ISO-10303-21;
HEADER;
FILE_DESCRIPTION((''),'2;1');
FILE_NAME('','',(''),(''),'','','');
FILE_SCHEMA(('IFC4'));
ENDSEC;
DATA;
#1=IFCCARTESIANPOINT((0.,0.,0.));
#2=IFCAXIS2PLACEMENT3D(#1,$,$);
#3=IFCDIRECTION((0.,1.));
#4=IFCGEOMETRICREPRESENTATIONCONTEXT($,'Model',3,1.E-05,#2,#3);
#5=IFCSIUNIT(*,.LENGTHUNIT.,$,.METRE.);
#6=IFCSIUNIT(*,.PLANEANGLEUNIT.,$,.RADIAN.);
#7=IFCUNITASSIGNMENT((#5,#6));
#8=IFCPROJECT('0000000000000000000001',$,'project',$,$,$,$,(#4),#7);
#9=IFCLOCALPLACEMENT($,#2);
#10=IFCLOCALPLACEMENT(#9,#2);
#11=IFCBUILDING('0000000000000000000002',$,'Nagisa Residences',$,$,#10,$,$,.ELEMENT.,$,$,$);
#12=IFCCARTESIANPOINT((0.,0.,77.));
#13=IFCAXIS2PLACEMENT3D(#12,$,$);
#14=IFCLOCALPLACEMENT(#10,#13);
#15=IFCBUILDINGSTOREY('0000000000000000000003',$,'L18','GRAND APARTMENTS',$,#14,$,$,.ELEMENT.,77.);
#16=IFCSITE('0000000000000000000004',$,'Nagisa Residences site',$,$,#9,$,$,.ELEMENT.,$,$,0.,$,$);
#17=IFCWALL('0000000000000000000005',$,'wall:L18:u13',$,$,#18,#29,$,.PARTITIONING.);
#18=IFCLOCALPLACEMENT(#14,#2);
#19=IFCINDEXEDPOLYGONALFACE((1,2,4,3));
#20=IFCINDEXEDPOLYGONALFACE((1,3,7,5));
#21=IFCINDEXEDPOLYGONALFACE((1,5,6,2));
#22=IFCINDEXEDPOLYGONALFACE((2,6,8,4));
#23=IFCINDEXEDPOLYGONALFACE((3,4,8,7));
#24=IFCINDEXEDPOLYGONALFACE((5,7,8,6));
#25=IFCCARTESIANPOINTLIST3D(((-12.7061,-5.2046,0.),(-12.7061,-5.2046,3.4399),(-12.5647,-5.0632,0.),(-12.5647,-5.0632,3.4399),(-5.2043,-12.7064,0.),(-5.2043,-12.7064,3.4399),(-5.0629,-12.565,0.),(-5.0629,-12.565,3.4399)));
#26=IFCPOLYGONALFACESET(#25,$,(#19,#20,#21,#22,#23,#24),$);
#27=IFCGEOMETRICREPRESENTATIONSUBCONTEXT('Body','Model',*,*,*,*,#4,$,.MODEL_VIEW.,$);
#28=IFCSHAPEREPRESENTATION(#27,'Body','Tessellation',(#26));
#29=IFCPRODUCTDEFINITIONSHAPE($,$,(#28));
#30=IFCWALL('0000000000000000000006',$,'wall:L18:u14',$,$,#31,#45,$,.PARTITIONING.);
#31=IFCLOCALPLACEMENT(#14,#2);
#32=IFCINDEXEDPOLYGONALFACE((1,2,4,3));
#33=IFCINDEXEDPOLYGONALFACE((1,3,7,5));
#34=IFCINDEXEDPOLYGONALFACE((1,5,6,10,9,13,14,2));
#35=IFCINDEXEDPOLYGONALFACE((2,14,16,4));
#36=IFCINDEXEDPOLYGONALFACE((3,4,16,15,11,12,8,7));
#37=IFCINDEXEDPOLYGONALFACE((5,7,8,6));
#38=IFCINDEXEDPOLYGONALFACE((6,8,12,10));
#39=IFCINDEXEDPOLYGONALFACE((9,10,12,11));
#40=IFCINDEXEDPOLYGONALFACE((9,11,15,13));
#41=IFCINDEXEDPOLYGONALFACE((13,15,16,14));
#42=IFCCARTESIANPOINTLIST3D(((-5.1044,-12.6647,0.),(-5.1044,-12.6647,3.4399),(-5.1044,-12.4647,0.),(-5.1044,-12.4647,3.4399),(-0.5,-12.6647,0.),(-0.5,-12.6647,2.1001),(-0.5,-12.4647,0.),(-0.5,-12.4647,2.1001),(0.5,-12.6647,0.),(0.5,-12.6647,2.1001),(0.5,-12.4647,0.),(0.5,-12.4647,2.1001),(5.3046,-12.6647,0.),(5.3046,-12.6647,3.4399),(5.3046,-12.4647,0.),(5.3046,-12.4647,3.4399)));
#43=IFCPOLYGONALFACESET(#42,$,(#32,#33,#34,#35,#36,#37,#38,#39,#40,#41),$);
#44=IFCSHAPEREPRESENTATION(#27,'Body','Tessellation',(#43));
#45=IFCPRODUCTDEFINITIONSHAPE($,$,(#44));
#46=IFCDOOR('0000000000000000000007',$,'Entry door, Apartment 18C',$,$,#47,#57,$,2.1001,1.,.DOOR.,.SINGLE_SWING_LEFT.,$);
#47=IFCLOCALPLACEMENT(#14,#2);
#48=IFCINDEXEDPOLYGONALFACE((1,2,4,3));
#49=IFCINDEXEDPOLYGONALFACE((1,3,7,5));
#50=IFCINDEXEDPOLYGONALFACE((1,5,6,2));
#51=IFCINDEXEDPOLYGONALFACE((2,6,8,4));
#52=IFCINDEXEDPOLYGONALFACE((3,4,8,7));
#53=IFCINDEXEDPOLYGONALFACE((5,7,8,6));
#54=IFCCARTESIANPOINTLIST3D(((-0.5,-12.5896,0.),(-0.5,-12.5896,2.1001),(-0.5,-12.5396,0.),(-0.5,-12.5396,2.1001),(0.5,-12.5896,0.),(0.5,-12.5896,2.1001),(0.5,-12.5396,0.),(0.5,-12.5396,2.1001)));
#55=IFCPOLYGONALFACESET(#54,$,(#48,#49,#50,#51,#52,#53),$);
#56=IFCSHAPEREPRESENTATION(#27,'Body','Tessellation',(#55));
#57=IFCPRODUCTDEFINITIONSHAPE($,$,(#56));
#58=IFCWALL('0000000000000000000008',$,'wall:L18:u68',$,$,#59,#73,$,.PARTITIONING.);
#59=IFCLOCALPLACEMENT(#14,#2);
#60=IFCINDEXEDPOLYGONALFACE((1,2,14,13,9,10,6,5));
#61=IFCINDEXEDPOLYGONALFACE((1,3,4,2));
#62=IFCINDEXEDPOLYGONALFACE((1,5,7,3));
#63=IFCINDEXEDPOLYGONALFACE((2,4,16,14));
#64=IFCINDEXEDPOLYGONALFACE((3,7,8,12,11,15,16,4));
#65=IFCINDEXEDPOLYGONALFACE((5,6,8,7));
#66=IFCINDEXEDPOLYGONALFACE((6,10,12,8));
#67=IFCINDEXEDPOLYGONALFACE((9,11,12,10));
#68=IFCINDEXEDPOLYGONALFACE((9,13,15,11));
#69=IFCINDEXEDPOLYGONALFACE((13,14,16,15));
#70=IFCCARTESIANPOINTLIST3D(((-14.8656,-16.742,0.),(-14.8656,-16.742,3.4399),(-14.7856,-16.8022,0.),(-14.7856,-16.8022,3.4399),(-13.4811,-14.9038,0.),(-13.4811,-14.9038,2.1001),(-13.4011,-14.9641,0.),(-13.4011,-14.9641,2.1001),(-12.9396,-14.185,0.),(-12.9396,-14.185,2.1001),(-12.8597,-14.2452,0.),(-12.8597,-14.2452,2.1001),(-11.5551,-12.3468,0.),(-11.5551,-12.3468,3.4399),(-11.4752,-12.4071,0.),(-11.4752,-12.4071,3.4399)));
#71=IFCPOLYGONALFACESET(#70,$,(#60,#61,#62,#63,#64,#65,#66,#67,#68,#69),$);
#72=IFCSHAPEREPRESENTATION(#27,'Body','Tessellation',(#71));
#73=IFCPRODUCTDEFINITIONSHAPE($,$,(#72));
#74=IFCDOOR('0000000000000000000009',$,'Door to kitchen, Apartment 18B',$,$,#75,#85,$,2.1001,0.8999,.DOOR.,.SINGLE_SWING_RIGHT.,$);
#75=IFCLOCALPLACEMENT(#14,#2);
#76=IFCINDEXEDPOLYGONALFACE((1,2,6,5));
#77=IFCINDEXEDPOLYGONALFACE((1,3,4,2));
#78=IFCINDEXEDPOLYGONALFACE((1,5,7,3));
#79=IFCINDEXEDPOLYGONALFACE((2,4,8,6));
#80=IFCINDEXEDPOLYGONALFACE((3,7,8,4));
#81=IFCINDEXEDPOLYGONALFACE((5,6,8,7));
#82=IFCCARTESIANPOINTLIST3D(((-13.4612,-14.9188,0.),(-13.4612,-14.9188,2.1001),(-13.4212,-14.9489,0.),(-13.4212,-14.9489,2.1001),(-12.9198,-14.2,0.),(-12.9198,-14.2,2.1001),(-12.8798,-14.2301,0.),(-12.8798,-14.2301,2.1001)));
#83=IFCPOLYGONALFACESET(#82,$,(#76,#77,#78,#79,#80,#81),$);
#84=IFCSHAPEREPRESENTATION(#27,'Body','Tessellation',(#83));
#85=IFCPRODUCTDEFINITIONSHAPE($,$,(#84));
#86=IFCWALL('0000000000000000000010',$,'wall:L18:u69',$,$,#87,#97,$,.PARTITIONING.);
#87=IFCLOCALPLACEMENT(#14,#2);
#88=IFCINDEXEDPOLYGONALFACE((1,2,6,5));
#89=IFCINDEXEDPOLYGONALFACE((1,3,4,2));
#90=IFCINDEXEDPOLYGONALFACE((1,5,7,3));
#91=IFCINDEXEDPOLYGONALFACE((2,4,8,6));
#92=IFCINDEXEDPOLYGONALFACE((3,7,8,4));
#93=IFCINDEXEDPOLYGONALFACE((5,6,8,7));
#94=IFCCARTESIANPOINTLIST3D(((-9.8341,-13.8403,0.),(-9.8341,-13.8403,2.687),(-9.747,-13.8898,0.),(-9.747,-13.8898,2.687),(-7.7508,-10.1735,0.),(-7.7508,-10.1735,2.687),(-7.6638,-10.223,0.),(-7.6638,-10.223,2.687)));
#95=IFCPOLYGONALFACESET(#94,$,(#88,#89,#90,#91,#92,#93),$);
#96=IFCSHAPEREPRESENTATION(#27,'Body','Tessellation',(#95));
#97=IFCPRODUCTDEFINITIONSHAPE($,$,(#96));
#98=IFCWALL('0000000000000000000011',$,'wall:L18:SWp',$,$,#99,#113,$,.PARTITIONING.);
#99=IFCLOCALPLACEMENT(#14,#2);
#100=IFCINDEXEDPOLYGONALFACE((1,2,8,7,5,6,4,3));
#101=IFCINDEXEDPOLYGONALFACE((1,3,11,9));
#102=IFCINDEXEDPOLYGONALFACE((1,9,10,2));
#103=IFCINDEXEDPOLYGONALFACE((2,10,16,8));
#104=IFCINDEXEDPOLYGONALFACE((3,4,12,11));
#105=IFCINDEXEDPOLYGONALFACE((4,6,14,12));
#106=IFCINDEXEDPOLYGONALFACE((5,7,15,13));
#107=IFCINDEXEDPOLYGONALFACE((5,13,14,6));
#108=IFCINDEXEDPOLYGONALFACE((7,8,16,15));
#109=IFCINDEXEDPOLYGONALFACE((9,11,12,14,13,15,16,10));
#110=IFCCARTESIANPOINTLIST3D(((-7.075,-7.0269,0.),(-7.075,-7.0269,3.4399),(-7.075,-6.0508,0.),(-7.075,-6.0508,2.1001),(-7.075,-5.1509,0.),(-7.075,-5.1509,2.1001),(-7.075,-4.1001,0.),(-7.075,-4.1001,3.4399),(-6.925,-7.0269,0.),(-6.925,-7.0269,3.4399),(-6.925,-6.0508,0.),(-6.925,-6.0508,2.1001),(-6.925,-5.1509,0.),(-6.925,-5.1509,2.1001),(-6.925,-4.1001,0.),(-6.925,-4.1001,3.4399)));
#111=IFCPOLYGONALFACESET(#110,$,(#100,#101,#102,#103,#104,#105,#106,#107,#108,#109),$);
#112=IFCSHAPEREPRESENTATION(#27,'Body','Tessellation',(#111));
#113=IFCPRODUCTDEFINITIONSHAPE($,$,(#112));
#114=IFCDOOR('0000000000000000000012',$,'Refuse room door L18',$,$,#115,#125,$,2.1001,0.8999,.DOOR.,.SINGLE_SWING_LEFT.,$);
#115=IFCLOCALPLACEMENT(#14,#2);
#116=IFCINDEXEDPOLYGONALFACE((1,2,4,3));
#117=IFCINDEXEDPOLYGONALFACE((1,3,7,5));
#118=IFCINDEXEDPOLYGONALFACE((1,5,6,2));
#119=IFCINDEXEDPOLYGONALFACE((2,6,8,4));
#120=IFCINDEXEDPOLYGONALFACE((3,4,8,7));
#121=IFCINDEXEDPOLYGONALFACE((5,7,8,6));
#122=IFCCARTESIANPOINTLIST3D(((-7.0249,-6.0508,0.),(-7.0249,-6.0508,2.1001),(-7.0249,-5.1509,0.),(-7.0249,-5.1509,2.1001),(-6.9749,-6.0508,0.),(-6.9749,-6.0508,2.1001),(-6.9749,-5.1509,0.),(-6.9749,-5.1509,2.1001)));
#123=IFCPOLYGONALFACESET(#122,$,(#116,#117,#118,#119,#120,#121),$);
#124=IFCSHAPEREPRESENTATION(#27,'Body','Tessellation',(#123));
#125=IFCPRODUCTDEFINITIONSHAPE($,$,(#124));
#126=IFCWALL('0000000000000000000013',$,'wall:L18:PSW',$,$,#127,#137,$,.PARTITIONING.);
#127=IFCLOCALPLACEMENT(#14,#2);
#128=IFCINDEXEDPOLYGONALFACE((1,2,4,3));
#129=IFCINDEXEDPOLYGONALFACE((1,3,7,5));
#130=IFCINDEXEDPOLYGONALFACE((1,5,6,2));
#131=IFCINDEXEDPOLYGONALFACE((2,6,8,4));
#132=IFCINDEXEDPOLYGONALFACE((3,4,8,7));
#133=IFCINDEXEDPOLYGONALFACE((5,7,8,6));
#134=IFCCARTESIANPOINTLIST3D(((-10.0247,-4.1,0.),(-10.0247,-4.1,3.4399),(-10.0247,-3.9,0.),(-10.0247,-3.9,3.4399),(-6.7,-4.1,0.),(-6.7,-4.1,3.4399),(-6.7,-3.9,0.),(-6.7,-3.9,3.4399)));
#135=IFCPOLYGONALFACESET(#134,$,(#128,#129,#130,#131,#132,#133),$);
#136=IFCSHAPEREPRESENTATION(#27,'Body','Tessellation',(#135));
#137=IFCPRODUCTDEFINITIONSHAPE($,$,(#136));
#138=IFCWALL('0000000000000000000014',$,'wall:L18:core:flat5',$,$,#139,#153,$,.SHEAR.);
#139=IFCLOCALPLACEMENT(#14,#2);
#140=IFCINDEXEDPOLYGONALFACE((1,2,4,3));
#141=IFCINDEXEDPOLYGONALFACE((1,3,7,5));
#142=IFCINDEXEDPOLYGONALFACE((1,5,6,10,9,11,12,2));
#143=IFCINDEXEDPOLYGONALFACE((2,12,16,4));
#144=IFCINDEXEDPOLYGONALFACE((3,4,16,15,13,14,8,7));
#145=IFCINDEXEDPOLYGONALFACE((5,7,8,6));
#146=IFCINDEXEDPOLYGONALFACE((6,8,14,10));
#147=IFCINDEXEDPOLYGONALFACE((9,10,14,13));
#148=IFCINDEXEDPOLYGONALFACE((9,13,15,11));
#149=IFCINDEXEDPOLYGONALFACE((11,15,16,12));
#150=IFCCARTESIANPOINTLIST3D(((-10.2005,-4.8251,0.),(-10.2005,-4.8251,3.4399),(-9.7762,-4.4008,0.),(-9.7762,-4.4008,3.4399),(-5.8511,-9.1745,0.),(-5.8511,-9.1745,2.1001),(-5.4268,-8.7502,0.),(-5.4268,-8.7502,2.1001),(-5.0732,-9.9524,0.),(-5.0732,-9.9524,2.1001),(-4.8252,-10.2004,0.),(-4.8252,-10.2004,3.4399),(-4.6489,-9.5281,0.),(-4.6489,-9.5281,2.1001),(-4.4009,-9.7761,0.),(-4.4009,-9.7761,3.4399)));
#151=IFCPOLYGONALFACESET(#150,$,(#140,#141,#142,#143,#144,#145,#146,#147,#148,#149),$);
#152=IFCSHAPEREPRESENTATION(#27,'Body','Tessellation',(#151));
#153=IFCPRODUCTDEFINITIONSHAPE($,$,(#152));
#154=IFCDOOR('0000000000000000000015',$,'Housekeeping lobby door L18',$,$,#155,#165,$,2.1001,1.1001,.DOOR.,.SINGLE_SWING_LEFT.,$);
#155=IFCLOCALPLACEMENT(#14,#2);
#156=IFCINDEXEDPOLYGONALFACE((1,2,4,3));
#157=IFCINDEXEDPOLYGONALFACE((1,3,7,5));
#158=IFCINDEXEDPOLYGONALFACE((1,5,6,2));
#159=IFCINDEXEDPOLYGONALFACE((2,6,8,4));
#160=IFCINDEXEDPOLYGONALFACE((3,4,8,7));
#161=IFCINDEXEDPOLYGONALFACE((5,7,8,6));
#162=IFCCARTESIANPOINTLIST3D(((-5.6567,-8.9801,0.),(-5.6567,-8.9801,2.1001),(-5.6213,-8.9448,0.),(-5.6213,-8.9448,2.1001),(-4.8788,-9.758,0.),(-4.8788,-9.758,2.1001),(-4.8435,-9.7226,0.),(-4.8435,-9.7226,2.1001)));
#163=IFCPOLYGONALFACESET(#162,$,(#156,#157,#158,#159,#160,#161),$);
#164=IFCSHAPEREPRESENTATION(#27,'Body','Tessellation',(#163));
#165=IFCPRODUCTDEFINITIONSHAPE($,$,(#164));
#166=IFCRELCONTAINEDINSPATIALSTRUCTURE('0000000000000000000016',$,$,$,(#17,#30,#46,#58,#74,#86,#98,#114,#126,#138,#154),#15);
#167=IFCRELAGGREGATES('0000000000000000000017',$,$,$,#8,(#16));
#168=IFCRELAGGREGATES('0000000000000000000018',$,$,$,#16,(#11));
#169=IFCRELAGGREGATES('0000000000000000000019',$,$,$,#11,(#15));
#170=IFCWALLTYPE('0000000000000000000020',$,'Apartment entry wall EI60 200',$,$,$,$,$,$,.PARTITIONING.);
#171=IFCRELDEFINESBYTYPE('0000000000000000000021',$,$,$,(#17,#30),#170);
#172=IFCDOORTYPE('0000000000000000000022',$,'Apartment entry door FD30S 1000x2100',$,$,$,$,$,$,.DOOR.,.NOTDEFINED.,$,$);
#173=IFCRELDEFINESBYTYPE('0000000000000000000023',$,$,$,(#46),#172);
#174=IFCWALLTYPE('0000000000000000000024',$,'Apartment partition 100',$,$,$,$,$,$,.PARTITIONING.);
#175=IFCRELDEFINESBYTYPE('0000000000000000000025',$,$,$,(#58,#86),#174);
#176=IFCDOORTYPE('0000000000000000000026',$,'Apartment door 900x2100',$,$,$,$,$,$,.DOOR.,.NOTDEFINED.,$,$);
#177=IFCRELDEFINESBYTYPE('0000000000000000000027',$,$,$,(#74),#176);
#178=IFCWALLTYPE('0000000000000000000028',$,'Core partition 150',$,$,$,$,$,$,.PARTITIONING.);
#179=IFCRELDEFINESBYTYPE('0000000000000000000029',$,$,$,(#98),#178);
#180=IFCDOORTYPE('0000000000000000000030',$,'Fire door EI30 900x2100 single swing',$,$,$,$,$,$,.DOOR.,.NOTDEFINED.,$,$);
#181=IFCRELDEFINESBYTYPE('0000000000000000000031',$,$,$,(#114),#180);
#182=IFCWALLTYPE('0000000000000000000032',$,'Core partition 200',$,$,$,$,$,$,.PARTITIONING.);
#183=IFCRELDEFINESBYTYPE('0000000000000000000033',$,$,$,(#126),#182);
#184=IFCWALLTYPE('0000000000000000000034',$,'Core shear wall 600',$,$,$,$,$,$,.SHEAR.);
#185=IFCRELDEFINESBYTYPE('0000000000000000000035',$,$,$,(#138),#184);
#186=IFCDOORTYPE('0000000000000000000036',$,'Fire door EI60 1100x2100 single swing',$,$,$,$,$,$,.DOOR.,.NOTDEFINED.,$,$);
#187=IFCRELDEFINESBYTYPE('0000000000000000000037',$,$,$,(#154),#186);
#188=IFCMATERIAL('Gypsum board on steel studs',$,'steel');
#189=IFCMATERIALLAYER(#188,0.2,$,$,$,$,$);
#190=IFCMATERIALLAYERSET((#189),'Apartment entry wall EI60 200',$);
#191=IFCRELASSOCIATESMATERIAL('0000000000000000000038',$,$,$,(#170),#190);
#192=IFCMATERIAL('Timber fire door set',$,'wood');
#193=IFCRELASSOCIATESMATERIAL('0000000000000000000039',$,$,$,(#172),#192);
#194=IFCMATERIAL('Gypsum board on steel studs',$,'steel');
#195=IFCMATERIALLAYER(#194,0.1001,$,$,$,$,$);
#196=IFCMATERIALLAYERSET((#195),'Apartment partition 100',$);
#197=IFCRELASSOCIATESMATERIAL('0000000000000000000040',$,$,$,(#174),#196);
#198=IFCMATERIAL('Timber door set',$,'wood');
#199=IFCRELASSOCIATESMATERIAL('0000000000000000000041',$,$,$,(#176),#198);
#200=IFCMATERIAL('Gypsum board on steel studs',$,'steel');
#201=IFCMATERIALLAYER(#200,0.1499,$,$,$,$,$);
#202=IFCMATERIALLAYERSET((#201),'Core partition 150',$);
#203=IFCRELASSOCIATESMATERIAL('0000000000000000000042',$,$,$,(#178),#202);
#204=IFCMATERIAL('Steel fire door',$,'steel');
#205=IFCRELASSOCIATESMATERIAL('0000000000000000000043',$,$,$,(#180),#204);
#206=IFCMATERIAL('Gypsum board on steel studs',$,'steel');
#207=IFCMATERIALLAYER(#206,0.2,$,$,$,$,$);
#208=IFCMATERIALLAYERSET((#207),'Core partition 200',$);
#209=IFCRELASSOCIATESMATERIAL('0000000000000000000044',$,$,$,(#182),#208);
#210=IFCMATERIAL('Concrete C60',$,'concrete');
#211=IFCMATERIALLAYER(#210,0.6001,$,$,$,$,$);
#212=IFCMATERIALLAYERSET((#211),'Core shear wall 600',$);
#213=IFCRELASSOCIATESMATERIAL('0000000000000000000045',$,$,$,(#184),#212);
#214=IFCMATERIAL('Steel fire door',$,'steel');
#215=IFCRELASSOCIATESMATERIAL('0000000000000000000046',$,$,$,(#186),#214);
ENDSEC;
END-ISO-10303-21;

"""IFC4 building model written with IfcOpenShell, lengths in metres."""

from ifc_helpers import new_model, si_unit, direction, frame, frame_2d, origin, place, context, subcontext, project, spatial, rectangle, extrude, material, layer, layer_set, type_object, element, fill, save


model = new_model("IFC4")

# Units and contexts
model_context = context("Model", 3, precision=1e-05, world=origin(), true_north=direction((0.0, 1.0)))
body_context = subcontext(model_context, "Body", "Model", "MODEL_VIEW")
ifc_project = project(units=[si_unit("LENGTHUNIT", "METRE"), si_unit("PLANEANGLEUNIT", "RADIAN")], contexts=[model_context])

# Site, building, storey
site_placement = place(None, origin())
site = spatial("IfcSite", under=ifc_project, at=site_placement, Name="Nagisa Residences site", CompositionType="ELEMENT", RefElevation=0.0)
building_placement = place(site_placement, origin())
building = spatial("IfcBuilding", under=site, at=building_placement, Name="Nagisa Residences", CompositionType="ELEMENT")
storey_placement = place(building_placement, frame((0.0, 0.0, 77.0)))
storey = spatial("IfcBuildingStorey", under=building, at=storey_placement, Name="L18", Description="GRAND APARTMENTS", CompositionType="ELEMENT", Elevation=77.0)

# Wall
ifc_material_1 = material(Name="Gypsum board on steel studs", Category="steel")
ifc_layer_1 = layer(ifc_material_1, 0.2)
ifc_layer_set_1 = layer_set([ifc_layer_1], Name="Apartment entry wall EI60 200")
wall_type_1 = type_object("IfcWallType", Name="Apartment entry wall EI60 200", PredefinedType="PARTITIONING", material=ifc_layer_set_1)
wall_1_placement = place(storey_placement, frame((-12.6355, -5.1338, 0.0), z_axis=(0.0, 0.0, 1.0), x_axis=(0.707107, -0.707107, 0.0)))
element("IfcWall", 1, at=wall_1_placement, inside=storey, type_object=wall_type_1, Name="wall:L18:u13", PredefinedType="PARTITIONING", context=body_context, shape_type="SweptSolid", body=[
    extrude(rectangle(XDim=10.6091, YDim=0.2, at=frame_2d((5.3047, 0.0))), origin(), (0.0, 0.0, 1.0), 3.4399),
])

# Walls, openings, doors
wall_2_placement = place(storey_placement, frame((-5.1045, -12.5647, 0.0), z_axis=(0.0, 0.0, 1.0), x_axis=(1.0, 0.0, 0.0)))
wall_2 = element("IfcWall", 2, at=wall_2_placement, inside=storey, type_object=wall_type_1, Name="wall:L18:u14", PredefinedType="PARTITIONING", context=body_context, shape_type="SweptSolid", body=[
    extrude(rectangle(XDim=10.4089, YDim=0.2, at=frame_2d((5.2046, 0.0))), origin(), (0.0, 0.0, 1.0), 3.4399),
])
opening_1_placement = place(wall_2_placement, frame((4.6045, 0.0, 0.0)))
opening_1 = element("IfcOpeningElement", 3, at=opening_1_placement, cuts=wall_2, PredefinedType="OPENING", context=body_context, shape_type="SweptSolid", body=[
    extrude(rectangle(XDim=1.0, YDim=2.1001, at=frame_2d((0.5, 1.05))), frame((0.0, 0.1099, 0.0), z_axis=(0.0, -1.0, 0.0), x_axis=(1.0, 0.0, 0.0)), (0.0, 0.0, 1.0), 0.22),
])
ifc_material_2 = material(Name="Timber fire door set", Category="wood")
door_type_1 = type_object("IfcDoorType", Name="Apartment entry door FD30S 1000x2100", OperationType="NOTDEFINED", PredefinedType="DOOR", material=ifc_material_2)
door_1_placement = place(opening_1_placement, frame((1.0, 0.0, 0.0), x_axis=(-1.0, 0.0, 0.0)))
door_1 = element("IfcDoor", 4, at=door_1_placement, inside=storey, type_object=door_type_1, Name="Entry door, Apartment 18C", OperationType="SINGLE_SWING_LEFT", OverallHeight=2.1001, OverallWidth=1.0, PredefinedType="DOOR", context=body_context, shape_type="SweptSolid", body=[
    extrude(rectangle(XDim=1.0, YDim=2.1001, at=frame_2d((0.5, 1.05))), frame((0.0, 0.0249, 0.0), z_axis=(0.0, -1.0, 0.0), x_axis=(1.0, 0.0, 0.0)), (0.0, 0.0, 1.0), 0.05),
])
fill(opening_1, door_1)
ifc_material_3 = material(Name="Gypsum board on steel studs", Category="steel")
ifc_layer_2 = layer(ifc_material_3, 0.1001)
ifc_layer_set_2 = layer_set([ifc_layer_2], Name="Apartment partition 100")
wall_type_2 = type_object("IfcWallType", Name="Apartment partition 100", PredefinedType="PARTITIONING", material=ifc_layer_set_2)
wall_3_placement = place(storey_placement, frame((-11.5151, -12.377, 0.0), z_axis=(0.0, 0.0, 1.0), x_axis=(-0.601639, -0.798768, 0.0)))
wall_3 = element("IfcWall", 5, at=wall_3_placement, inside=storey, type_object=wall_type_2, Name="wall:L18:u68", PredefinedType="PARTITIONING", context=body_context, shape_type="SweptSolid", body=[
    extrude(rectangle(XDim=5.5024, YDim=0.1001, at=frame_2d((2.7512, 0.0))), origin(), (0.0, 0.0, 1.0), 3.4399),
])
opening_2_placement = place(wall_3_placement, frame((2.3013, 0.0, 0.0)))
opening_2 = element("IfcOpeningElement", 6, at=opening_2_placement, cuts=wall_3, PredefinedType="OPENING", context=body_context, shape_type="SweptSolid", body=[
    extrude(rectangle(XDim=0.8999, YDim=2.1001, at=frame_2d((0.45, 1.05))), frame((0.0, 0.0601, 0.0), z_axis=(0.0, -1.0, 0.0), x_axis=(1.0, 0.0, 0.0)), (0.0, 0.0, 1.0), 0.1201),
])
ifc_material_4 = material(Name="Timber door set", Category="wood")
door_type_2 = type_object("IfcDoorType", Name="Apartment door 900x2100", OperationType="NOTDEFINED", PredefinedType="DOOR", material=ifc_material_4)
door_2_placement = place(opening_2_placement, origin())
door_2 = element("IfcDoor", 7, at=door_2_placement, inside=storey, type_object=door_type_2, Name="Door to kitchen, Apartment 18B", OperationType="SINGLE_SWING_RIGHT", OverallHeight=2.1001, OverallWidth=0.8999, PredefinedType="DOOR", context=body_context, shape_type="SweptSolid", body=[
    extrude(rectangle(XDim=0.8999, YDim=2.1001, at=frame_2d((0.45, 1.05))), frame((0.0, 0.0249, 0.0), z_axis=(0.0, -1.0, 0.0), x_axis=(1.0, 0.0, 0.0)), (0.0, 0.0, 1.0), 0.05),
])
fill(opening_2, door_2)

# Wall
wall_4_placement = place(storey_placement, frame((-7.7073, -10.1982, 0.0), z_axis=(0.0, 0.0, 1.0), x_axis=(-0.493987, -0.86947, 0.0)))
element("IfcWall", 8, at=wall_4_placement, inside=storey, type_object=wall_type_2, Name="wall:L18:u69", PredefinedType="PARTITIONING", context=body_context, shape_type="SweptSolid", body=[
    extrude(rectangle(XDim=4.2173, YDim=0.1001, at=frame_2d((2.1086, 0.0))), origin(), (0.0, 0.0, 1.0), 2.687),
])

# Wall, opening, door
ifc_material_5 = material(Name="Gypsum board on steel studs", Category="steel")
ifc_layer_3 = layer(ifc_material_5, 0.1499)
ifc_layer_set_3 = layer_set([ifc_layer_3], Name="Core partition 150")
wall_type_3 = type_object("IfcWallType", Name="Core partition 150", PredefinedType="PARTITIONING", material=ifc_layer_set_3)
wall_5_placement = place(storey_placement, frame((-7.0, -7.0269, 0.0), z_axis=(0.0, 0.0, 1.0), x_axis=(0.0, 1.0, 0.0)))
wall_5 = element("IfcWall", 9, at=wall_5_placement, inside=storey, type_object=wall_type_3, Name="wall:L18:SWp", PredefinedType="PARTITIONING", context=body_context, shape_type="SweptSolid", body=[
    extrude(rectangle(XDim=2.9268, YDim=0.1499, at=frame_2d((1.4634, 0.0))), origin(), (0.0, 0.0, 1.0), 3.4399),
])
opening_3_placement = place(wall_5_placement, frame((0.9761, 0.0, 0.0)))
opening_3 = element("IfcOpeningElement", 10, at=opening_3_placement, cuts=wall_5, PredefinedType="OPENING", context=body_context, shape_type="SweptSolid", body=[
    extrude(rectangle(XDim=0.8999, YDim=2.1001, at=frame_2d((0.45, 1.05))), frame((0.0, 0.085, 0.0), z_axis=(0.0, -1.0, 0.0), x_axis=(1.0, 0.0, 0.0)), (0.0, 0.0, 1.0), 0.1699),
])
ifc_material_6 = material(Name="Steel fire door", Category="steel")
door_type_3 = type_object("IfcDoorType", Name="Fire door EI30 900x2100 single swing", OperationType="NOTDEFINED", PredefinedType="DOOR", material=ifc_material_6)
door_3_placement = place(opening_3_placement, origin())
door_3 = element("IfcDoor", 11, at=door_3_placement, inside=storey, type_object=door_type_3, Name="Refuse room door L18", OperationType="SINGLE_SWING_LEFT", OverallHeight=2.1001, OverallWidth=0.8999, PredefinedType="DOOR", context=body_context, shape_type="SweptSolid", body=[
    extrude(rectangle(XDim=0.8999, YDim=2.1001, at=frame_2d((0.45, 1.05))), frame((0.0, 0.0249, 0.0), z_axis=(0.0, -1.0, 0.0), x_axis=(1.0, 0.0, 0.0)), (0.0, 0.0, 1.0), 0.05),
])
fill(opening_3, door_3)

# Wall
ifc_material_7 = material(Name="Gypsum board on steel studs", Category="steel")
ifc_layer_4 = layer(ifc_material_7, 0.2)
ifc_layer_set_4 = layer_set([ifc_layer_4], Name="Core partition 200")
wall_type_4 = type_object("IfcWallType", Name="Core partition 200", PredefinedType="PARTITIONING", material=ifc_layer_set_4)
wall_6_placement = place(storey_placement, frame((-10.0247, -4.0, 0.0), z_axis=(0.0, 0.0, 1.0), x_axis=(1.0, 0.0, 0.0)))
element("IfcWall", 12, at=wall_6_placement, inside=storey, type_object=wall_type_4, Name="wall:L18:PSW", PredefinedType="PARTITIONING", context=body_context, shape_type="SweptSolid", body=[
    extrude(rectangle(XDim=3.3247, YDim=0.2, at=frame_2d((1.6624, 0.0))), origin(), (0.0, 0.0, 1.0), 3.4399),
])

# Wall, opening, door
ifc_material_8 = material(Name="Concrete C60", Category="concrete")
ifc_layer_5 = layer(ifc_material_8, 0.6001)
ifc_layer_set_5 = layer_set([ifc_layer_5], Name="Core shear wall 600")
wall_type_5 = type_object("IfcWallType", Name="Core shear wall 600", PredefinedType="SHEAR", material=ifc_layer_set_5)
wall_7_placement = place(storey_placement, frame((-9.9883, -4.613, 0.0), z_axis=(0.0, 0.0, 1.0), x_axis=(0.707107, -0.707107, 0.0)))
wall_7 = element("IfcWall", 13, at=wall_7_placement, inside=storey, type_object=wall_type_5, Name="wall:L18:core:flat5", PredefinedType="SHEAR", context=body_context, shape_type="SweptSolid", body=[
    extrude(rectangle(XDim=7.6018, YDim=0.6001, at=frame_2d((3.8008, 0.0))), origin(), (0.0, 0.0, 1.0), 3.4399),
])
opening_4_placement = place(wall_7_placement, frame((6.1509, 0.0, 0.0)))
opening_4 = element("IfcOpeningElement", 14, at=opening_4_placement, cuts=wall_7, PredefinedType="OPENING", context=body_context, shape_type="SweptSolid", body=[
    extrude(rectangle(XDim=1.1001, YDim=2.1001, at=frame_2d((0.55, 1.05))), frame((0.0, 0.3101, 0.0), z_axis=(0.0, -1.0, 0.0), x_axis=(1.0, 0.0, 0.0)), (0.0, 0.0, 1.0), 0.6201),
])
ifc_material_9 = material(Name="Steel fire door", Category="steel")
door_type_4 = type_object("IfcDoorType", Name="Fire door EI60 1100x2100 single swing", OperationType="NOTDEFINED", PredefinedType="DOOR", material=ifc_material_9)
door_4_placement = place(opening_4_placement, origin())
door_4 = element("IfcDoor", 15, at=door_4_placement, inside=storey, type_object=door_type_4, Name="Housekeeping lobby door L18", OperationType="SINGLE_SWING_LEFT", OverallHeight=2.1001, OverallWidth=1.1001, PredefinedType="DOOR", context=body_context, shape_type="SweptSolid", body=[
    extrude(rectangle(XDim=1.1001, YDim=2.1001, at=frame_2d((0.55, 1.05))), frame((0.0, 0.0249, 0.0), z_axis=(0.0, -1.0, 0.0), x_axis=(1.0, 0.0, 0.0)), (0.0, 0.0, 1.0), 0.05),
])
fill(opening_4, door_4)

save(model, "model.ifc")
